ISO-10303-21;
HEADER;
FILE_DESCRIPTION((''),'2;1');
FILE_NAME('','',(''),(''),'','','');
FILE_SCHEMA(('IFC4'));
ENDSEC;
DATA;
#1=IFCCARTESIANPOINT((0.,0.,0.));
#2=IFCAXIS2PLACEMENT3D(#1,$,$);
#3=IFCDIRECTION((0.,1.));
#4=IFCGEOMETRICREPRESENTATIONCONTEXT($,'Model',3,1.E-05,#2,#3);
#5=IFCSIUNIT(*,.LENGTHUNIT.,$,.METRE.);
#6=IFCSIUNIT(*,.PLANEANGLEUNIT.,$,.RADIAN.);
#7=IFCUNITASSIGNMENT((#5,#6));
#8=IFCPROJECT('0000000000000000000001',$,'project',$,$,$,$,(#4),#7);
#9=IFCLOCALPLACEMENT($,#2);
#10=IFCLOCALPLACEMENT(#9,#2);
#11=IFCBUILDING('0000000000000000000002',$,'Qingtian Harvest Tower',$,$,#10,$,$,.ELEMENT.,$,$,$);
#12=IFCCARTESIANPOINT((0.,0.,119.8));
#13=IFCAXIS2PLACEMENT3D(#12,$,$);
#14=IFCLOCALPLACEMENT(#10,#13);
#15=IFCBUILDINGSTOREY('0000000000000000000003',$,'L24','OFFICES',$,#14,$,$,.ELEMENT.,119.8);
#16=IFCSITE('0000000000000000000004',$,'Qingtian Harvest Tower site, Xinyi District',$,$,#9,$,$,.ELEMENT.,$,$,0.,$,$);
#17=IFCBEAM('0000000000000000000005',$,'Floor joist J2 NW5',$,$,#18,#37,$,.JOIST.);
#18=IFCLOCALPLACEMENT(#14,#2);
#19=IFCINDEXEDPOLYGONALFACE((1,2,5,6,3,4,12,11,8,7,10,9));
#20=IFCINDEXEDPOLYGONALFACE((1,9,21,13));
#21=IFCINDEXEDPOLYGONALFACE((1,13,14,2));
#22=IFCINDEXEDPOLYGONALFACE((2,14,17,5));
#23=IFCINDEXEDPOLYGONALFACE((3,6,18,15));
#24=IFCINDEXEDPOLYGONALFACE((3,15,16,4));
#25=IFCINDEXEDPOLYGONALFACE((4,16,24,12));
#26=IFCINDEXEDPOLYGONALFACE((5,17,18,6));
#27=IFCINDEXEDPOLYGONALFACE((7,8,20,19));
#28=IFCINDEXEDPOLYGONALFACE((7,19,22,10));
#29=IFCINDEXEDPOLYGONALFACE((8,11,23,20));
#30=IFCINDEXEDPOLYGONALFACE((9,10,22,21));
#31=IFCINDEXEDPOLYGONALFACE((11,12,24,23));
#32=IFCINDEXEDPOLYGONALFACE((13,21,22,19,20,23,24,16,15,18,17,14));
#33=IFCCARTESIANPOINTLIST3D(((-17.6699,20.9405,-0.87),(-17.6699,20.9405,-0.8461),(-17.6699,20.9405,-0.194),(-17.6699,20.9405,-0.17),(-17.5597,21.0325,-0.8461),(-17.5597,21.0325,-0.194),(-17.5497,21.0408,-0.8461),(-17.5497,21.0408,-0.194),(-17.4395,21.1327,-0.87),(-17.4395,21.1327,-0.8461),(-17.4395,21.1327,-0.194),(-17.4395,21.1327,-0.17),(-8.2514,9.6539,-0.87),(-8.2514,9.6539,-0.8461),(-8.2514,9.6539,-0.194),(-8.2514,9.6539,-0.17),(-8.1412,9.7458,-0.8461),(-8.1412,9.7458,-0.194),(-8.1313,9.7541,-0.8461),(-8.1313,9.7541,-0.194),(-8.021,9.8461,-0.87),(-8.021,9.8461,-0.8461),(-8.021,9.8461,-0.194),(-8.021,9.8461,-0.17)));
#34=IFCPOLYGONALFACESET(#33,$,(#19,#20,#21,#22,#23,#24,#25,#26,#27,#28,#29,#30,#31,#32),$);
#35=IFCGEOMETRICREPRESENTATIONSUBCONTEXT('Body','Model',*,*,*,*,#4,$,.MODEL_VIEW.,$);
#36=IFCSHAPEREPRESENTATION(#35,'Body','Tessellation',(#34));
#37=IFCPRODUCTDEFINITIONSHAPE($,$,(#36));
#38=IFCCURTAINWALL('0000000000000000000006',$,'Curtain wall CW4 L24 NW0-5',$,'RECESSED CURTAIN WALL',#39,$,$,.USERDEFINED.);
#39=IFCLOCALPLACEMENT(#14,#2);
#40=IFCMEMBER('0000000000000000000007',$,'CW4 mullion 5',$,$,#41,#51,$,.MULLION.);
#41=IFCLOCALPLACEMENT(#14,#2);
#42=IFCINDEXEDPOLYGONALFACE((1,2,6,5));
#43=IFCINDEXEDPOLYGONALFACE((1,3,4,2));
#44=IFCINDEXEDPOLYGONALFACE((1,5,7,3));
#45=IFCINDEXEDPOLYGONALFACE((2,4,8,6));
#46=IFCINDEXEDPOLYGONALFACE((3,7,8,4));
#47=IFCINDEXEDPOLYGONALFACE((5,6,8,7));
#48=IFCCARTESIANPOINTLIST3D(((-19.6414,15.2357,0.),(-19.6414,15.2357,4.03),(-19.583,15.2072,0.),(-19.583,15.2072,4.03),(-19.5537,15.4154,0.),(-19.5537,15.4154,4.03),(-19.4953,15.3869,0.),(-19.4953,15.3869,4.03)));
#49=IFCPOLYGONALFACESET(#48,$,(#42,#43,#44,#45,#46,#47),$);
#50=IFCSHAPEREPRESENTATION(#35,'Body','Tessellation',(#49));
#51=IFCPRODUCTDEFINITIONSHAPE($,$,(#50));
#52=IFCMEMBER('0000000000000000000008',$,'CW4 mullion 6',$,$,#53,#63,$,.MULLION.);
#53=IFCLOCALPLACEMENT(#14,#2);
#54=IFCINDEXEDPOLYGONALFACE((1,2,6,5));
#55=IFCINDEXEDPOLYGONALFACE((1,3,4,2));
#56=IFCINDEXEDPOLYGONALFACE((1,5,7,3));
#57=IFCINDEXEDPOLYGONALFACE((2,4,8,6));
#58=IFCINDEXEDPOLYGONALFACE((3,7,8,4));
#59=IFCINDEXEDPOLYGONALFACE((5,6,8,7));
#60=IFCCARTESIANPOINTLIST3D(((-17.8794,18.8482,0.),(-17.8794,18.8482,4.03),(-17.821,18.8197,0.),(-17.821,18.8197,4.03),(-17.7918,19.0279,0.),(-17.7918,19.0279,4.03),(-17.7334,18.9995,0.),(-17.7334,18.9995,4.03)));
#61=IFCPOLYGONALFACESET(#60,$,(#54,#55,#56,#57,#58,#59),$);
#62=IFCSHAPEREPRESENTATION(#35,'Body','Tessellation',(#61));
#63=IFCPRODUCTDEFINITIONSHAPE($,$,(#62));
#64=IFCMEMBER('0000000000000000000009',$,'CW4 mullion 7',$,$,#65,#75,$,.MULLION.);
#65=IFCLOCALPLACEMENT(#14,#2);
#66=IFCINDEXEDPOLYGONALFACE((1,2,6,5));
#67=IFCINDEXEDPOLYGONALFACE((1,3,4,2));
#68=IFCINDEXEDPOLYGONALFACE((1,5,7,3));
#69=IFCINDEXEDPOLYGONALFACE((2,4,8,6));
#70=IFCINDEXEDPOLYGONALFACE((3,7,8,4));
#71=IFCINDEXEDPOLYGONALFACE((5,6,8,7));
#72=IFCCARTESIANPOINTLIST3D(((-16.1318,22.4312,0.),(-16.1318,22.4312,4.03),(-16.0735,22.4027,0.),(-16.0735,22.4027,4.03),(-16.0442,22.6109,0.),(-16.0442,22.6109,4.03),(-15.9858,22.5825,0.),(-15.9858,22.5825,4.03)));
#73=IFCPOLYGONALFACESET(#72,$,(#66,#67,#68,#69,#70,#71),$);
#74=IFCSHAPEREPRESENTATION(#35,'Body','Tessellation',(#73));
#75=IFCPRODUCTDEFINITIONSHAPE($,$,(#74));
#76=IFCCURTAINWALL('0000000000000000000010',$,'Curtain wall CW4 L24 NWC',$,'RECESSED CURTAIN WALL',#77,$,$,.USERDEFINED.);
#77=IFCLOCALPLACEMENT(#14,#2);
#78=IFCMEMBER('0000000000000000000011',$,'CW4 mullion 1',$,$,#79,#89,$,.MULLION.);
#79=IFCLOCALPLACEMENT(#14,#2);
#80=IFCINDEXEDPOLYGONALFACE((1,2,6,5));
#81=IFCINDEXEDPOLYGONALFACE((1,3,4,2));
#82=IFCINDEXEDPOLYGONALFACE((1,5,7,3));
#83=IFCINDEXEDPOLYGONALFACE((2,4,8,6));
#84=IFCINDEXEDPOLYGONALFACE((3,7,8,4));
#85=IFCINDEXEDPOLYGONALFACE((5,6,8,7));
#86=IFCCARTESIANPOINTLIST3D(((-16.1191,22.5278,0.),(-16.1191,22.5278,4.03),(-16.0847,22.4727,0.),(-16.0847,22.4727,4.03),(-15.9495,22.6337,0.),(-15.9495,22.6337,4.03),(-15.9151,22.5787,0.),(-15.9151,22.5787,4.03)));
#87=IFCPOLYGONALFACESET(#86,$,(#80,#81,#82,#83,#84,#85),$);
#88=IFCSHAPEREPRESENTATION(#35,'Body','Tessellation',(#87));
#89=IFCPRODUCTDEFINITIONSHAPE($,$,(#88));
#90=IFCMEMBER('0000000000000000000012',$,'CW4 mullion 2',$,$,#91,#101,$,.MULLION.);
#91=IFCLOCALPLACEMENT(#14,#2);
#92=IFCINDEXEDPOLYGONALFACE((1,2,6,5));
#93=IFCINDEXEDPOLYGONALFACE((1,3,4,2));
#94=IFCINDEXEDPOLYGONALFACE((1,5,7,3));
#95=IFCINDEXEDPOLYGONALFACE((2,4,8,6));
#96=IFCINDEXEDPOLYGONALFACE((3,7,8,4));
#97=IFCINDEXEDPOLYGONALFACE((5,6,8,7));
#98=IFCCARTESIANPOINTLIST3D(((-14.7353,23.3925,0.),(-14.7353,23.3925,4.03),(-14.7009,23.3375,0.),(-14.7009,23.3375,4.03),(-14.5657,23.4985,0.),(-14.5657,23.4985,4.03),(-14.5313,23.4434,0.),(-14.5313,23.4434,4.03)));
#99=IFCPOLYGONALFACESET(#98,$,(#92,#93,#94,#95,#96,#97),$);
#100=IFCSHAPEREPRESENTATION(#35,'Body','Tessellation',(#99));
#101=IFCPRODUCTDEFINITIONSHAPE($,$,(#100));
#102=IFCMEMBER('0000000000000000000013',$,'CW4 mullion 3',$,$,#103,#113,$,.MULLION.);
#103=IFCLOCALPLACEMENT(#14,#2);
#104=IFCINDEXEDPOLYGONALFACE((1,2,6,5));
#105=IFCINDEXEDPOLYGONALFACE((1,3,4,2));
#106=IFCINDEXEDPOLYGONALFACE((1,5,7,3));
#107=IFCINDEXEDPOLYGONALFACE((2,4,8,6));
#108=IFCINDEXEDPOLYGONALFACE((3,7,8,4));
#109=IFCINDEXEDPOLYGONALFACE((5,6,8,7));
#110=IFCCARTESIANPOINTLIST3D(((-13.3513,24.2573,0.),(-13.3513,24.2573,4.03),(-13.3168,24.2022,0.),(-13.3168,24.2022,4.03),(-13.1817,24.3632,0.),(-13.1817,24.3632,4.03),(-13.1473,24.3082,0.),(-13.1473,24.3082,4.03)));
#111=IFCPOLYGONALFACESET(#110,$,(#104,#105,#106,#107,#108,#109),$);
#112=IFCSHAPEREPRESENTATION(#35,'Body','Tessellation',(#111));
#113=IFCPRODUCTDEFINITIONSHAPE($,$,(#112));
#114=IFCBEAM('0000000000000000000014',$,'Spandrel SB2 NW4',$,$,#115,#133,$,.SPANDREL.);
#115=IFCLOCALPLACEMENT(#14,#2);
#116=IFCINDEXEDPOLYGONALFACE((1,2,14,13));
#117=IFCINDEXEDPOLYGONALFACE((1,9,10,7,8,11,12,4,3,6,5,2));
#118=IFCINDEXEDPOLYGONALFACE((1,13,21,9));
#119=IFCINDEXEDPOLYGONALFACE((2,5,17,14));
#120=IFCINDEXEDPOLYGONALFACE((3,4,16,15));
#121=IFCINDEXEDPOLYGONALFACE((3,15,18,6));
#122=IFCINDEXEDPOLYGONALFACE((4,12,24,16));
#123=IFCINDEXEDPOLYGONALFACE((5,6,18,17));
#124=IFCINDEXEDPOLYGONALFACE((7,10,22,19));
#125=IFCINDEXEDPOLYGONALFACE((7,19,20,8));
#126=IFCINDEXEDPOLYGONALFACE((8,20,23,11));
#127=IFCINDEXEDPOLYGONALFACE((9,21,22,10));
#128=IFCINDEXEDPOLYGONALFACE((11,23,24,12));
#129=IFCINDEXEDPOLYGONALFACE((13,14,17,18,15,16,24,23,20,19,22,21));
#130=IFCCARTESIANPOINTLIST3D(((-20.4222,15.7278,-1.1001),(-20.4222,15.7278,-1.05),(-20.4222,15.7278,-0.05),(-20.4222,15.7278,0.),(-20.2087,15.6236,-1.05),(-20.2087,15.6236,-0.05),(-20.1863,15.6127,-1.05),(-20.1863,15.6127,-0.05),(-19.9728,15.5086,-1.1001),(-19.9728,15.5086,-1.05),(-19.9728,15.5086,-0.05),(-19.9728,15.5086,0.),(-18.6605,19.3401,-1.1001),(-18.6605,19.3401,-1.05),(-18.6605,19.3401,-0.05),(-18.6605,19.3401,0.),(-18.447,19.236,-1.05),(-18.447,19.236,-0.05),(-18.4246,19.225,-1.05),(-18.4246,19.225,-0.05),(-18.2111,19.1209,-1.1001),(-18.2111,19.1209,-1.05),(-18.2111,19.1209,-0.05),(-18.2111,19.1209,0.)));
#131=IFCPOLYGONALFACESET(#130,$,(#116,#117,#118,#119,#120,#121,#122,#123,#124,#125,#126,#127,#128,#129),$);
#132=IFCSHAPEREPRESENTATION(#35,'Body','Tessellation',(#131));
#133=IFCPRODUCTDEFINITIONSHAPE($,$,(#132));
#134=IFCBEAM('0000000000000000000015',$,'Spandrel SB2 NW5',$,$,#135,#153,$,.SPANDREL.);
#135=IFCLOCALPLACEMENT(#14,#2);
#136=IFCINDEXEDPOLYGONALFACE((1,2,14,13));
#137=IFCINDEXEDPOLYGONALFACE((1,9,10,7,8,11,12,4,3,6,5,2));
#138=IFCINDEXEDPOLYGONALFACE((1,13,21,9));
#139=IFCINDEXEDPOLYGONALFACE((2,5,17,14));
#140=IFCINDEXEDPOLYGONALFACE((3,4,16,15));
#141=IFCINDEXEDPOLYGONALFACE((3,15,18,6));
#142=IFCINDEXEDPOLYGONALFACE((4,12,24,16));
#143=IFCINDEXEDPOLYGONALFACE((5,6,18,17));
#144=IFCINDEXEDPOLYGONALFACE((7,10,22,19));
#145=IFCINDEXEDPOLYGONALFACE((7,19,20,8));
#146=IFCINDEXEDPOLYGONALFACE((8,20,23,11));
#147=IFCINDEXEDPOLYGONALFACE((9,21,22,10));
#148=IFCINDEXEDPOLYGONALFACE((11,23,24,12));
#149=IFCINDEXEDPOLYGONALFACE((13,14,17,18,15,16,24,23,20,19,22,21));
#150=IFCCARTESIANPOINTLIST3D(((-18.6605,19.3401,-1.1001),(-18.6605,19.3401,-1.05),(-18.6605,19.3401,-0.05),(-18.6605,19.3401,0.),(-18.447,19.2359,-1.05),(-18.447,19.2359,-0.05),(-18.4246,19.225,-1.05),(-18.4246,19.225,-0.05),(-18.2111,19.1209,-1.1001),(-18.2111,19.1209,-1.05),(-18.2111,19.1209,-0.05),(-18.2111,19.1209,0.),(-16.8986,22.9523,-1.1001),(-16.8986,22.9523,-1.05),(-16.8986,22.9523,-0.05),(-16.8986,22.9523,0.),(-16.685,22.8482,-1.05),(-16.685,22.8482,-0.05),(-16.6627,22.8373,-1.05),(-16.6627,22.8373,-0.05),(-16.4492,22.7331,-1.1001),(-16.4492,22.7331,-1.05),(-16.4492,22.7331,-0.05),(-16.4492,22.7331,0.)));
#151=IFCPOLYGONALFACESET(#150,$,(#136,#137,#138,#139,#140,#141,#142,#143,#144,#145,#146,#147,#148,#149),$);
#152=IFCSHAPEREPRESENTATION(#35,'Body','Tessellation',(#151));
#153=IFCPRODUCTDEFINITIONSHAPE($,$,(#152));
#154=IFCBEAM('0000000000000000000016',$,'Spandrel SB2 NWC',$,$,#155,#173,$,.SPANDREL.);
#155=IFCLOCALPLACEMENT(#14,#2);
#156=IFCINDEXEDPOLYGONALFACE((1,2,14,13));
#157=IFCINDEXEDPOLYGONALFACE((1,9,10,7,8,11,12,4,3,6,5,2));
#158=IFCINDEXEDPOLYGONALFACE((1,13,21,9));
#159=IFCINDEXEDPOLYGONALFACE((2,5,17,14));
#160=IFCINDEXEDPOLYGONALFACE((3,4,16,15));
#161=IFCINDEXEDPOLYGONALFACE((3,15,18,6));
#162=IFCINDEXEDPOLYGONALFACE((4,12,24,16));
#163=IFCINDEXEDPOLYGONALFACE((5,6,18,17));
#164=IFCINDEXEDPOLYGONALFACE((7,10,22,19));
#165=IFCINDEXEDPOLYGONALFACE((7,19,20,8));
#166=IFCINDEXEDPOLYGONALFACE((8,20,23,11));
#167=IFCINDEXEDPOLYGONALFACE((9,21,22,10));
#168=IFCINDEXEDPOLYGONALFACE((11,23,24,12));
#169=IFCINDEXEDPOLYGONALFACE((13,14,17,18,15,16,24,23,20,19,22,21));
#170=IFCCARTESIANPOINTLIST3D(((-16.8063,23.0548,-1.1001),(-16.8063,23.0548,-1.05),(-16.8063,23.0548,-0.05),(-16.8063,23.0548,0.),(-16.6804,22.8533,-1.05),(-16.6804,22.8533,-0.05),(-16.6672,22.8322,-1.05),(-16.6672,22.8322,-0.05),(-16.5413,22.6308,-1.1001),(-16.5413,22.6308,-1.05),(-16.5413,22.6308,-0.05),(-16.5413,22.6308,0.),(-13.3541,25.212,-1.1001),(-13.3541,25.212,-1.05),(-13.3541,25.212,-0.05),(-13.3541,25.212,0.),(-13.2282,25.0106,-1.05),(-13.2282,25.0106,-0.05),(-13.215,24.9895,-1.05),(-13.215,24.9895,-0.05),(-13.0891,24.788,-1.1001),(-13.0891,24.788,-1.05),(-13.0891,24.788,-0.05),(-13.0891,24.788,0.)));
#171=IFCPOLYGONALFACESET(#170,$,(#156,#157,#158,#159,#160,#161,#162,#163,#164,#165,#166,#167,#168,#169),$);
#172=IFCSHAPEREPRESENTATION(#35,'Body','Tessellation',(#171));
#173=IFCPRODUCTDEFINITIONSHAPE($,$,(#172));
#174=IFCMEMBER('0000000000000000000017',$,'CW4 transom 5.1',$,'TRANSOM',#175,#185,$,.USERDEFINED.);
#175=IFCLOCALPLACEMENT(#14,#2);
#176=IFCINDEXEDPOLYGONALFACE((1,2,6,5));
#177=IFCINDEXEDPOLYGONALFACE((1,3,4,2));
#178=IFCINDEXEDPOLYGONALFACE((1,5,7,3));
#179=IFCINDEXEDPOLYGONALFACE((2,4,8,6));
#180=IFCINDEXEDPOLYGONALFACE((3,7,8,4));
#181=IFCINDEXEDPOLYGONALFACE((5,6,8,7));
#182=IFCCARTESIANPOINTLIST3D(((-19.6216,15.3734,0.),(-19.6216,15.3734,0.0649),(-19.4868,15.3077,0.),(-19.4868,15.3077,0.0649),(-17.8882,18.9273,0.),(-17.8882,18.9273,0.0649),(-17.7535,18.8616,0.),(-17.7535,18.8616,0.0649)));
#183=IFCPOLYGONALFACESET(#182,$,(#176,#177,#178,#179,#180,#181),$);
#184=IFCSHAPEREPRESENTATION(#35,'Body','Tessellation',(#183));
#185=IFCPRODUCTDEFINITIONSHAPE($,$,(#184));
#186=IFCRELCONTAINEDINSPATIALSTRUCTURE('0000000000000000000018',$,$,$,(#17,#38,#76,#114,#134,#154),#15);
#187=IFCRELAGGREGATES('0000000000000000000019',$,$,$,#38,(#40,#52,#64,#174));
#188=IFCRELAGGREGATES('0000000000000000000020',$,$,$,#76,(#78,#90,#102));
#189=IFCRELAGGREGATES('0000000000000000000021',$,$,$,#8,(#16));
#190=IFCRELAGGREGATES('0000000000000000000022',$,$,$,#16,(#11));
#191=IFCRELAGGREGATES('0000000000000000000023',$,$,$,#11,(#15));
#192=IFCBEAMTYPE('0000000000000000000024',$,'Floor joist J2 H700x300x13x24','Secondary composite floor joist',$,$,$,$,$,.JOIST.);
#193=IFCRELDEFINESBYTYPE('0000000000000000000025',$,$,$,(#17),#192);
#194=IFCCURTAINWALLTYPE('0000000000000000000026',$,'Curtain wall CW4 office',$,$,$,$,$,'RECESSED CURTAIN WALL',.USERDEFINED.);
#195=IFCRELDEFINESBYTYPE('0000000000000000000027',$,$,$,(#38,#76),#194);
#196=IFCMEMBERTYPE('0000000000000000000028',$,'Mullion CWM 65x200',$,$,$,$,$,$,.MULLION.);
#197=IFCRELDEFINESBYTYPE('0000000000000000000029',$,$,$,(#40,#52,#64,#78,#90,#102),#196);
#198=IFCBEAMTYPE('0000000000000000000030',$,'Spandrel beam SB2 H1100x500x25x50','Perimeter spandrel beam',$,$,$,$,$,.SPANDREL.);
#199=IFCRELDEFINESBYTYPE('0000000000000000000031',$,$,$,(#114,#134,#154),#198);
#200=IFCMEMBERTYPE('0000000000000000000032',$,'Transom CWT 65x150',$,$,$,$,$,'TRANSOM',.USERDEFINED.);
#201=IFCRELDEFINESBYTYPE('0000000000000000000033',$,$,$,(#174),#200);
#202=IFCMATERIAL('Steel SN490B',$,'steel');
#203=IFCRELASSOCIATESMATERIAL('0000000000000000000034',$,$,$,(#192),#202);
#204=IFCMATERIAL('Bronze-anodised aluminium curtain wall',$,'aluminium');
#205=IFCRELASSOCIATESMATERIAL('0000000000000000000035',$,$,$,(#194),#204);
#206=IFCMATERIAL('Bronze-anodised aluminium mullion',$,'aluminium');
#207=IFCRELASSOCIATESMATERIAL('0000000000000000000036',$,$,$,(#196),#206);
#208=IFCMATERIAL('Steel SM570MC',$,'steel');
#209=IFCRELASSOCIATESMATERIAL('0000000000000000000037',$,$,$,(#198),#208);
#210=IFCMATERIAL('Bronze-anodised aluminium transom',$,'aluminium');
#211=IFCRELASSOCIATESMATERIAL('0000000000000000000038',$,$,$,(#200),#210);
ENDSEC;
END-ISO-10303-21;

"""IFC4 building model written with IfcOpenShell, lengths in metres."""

from ifc_helpers import new_model, si_unit, direction, frame, origin, origin_2d, place, context, subcontext, project, spatial, rectangle, i_section, extrude, material, material_profile, profile_set, type_object, element, aggregate, save


model = new_model("IFC4")

# Units and contexts
model_context = context("Model", 3, precision=1e-05, world=origin(), true_north=direction((0.0, 1.0)))
body_context = subcontext(model_context, "Body", "Model", "MODEL_VIEW")
ifc_project = project(units=[si_unit("LENGTHUNIT", "METRE"), si_unit("PLANEANGLEUNIT", "RADIAN")], contexts=[model_context])

# Site, building, storey
site_placement = place(None, origin())
site = spatial("IfcSite", under=ifc_project, at=site_placement, Name="Qingtian Harvest Tower site, Xinyi District", CompositionType="ELEMENT", RefElevation=0.0)
building_placement = place(site_placement, origin())
building = spatial("IfcBuilding", under=site, at=building_placement, Name="Qingtian Harvest Tower", CompositionType="ELEMENT")
storey_placement = place(building_placement, frame((0.0, 0.0, 119.8)))
storey = spatial("IfcBuildingStorey", under=building, at=storey_placement, Name="L24", Description="OFFICES", CompositionType="ELEMENT", Elevation=119.8)

# Beam
ifc_material_1 = material(Name="Steel SN490B", Category="steel")
ifc_material_profile_1 = material_profile(ifc_material_1, i_section(OverallWidth=0.3, OverallDepth=0.7, WebThickness=0.0129, FlangeThickness=0.0239, at=origin_2d()), Name="H700x300x13x24")
ifc_profile_set_1 = profile_set([ifc_material_profile_1], Name="Steel SN490B")
beam_type_1 = type_object("IfcBeamType", Name="Floor joist J2 H700x300x13x24", Description="Secondary composite floor joist", PredefinedType="JOIST", material=ifc_profile_set_1)
beam_1_placement = place(storey_placement, frame((-17.5547, 21.0366, -0.52), z_axis=(0.640704, -0.767788, 0.0), x_axis=(0.767788, 0.640704, 0.0)))
element("IfcBeam", 1, at=beam_1_placement, inside=storey, type_object=beam_type_1, Name="Floor joist J2 NW5", PredefinedType="JOIST", context=body_context, shape_type="SweptSolid", body=[
    extrude(i_section(OverallWidth=0.3, OverallDepth=0.7, WebThickness=0.0129, FlangeThickness=0.0239, at=origin_2d()), origin(), (0.0, 0.0, 1.0), 14.7002),
])

# Curtain walls, members
ifc_material_2 = material(Name="Bronze-anodised aluminium curtain wall", Category="aluminium")
curtain_wall_type = type_object("IfcCurtainWallType", Name="Curtain wall CW4 office", ElementType="RECESSED CURTAIN WALL", PredefinedType="USERDEFINED", material=ifc_material_2)
curtain_wall_1_placement = place(storey_placement, origin())
curtain_wall_1 = element("IfcCurtainWall", 2, at=curtain_wall_1_placement, inside=storey, type_object=curtain_wall_type, Name="Curtain wall CW4 L24 NW0-5", ObjectType="RECESSED CURTAIN WALL", PredefinedType="USERDEFINED")
ifc_material_3 = material(Name="Bronze-anodised aluminium mullion", Category="aluminium")
ifc_material_profile_2 = material_profile(ifc_material_3, rectangle(XDim=0.0649, YDim=0.2, at=origin_2d()), Name="AL 65x200")
ifc_profile_set_2 = profile_set([ifc_material_profile_2], Name="Bronze-anodised aluminium mullion")
member_type_1 = type_object("IfcMemberType", Name="Mullion CWM 65x200", PredefinedType="MULLION", material=ifc_profile_set_2)
member_1_placement = place(storey_placement, frame((-19.5684, 15.3113, 0.0), z_axis=(0.0, 0.0, 1.0), x_axis=(-0.898794, 0.438371, 0.0)))
member_1 = element("IfcMember", 3, at=member_1_placement, type_object=member_type_1, Name="CW4 mullion 5", PredefinedType="MULLION", context=body_context, shape_type="SweptSolid", body=[
    extrude(rectangle(XDim=0.0649, YDim=0.2, at=origin_2d()), origin(), (0.0, 0.0, 1.0), 4.03),
])
member_2_placement = place(storey_placement, frame((-17.8064, 18.9238, 0.0), z_axis=(0.0, 0.0, 1.0), x_axis=(-0.898794, 0.438371, 0.0)))
member_2 = element("IfcMember", 4, at=member_2_placement, type_object=member_type_1, Name="CW4 mullion 6", PredefinedType="MULLION", context=body_context, shape_type="SweptSolid", body=[
    extrude(rectangle(XDim=0.0649, YDim=0.2, at=origin_2d()), origin(), (0.0, 0.0, 1.0), 4.03),
])
member_3_placement = place(storey_placement, frame((-16.0588, 22.5068, 0.0), z_axis=(0.0, 0.0, 1.0), x_axis=(-0.898794, 0.438371, 0.0)))
member_3 = element("IfcMember", 5, at=member_3_placement, type_object=member_type_1, Name="CW4 mullion 7", PredefinedType="MULLION", context=body_context, shape_type="SweptSolid", body=[
    extrude(rectangle(XDim=0.0649, YDim=0.2, at=origin_2d()), origin(), (0.0, 0.0, 1.0), 4.03),
])
curtain_wall_2_placement = place(storey_placement, origin())
curtain_wall_2 = element("IfcCurtainWall", 6, at=curtain_wall_2_placement, inside=storey, type_object=curtain_wall_type, Name="Curtain wall CW4 L24 NWC", ObjectType="RECESSED CURTAIN WALL", PredefinedType="USERDEFINED")
member_4_placement = place(storey_placement, frame((-16.0171, 22.5532, 0.0), z_axis=(0.0, 0.0, 1.0), x_axis=(-0.529919, 0.848048, 0.0)))
member_4 = element("IfcMember", 7, at=member_4_placement, type_object=member_type_1, Name="CW4 mullion 1", PredefinedType="MULLION", context=body_context, shape_type="SweptSolid", body=[
    extrude(rectangle(XDim=0.0649, YDim=0.2, at=origin_2d()), origin(), (0.0, 0.0, 1.0), 4.03),
])
member_5_placement = place(storey_placement, frame((-14.6333, 23.418, 0.0), z_axis=(0.0, 0.0, 1.0), x_axis=(-0.529919, 0.848048, 0.0)))
member_5 = element("IfcMember", 8, at=member_5_placement, type_object=member_type_1, Name="CW4 mullion 2", PredefinedType="MULLION", context=body_context, shape_type="SweptSolid", body=[
    extrude(rectangle(XDim=0.0649, YDim=0.2, at=origin_2d()), origin(), (0.0, 0.0, 1.0), 4.03),
])
member_6_placement = place(storey_placement, frame((-13.2493, 24.2827, 0.0), z_axis=(0.0, 0.0, 1.0), x_axis=(-0.529919, 0.848048, 0.0)))
member_6 = element("IfcMember", 9, at=member_6_placement, type_object=member_type_1, Name="CW4 mullion 3", PredefinedType="MULLION", context=body_context, shape_type="SweptSolid", body=[
    extrude(rectangle(XDim=0.0649, YDim=0.2, at=origin_2d()), origin(), (0.0, 0.0, 1.0), 4.03),
])

# Beams
ifc_material_4 = material(Name="Steel SM570MC", Category="steel")
ifc_material_profile_3 = material_profile(ifc_material_4, i_section(OverallWidth=0.5, OverallDepth=1.1001, WebThickness=0.0249, FlangeThickness=0.05, at=origin_2d()), Name="H1100x500x25x50")
ifc_profile_set_3 = profile_set([ifc_material_profile_3], Name="Steel SM570MC")
beam_type_2 = type_object("IfcBeamType", Name="Spandrel beam SB2 H1100x500x25x50", Description="Perimeter spandrel beam", PredefinedType="SPANDREL", material=ifc_profile_set_3)
for number, where, z_axis, x_axis, name in (
    (10, (-20.1975, 15.6182, -0.55), (0.438347, 0.898806, 0.0), (-0.898806, 0.438347, 0.0), "Spandrel SB2 NW4"),
    (11, (-18.4358, 19.2305, -0.55), (0.438396, 0.898782, 0.0), (-0.898782, 0.438396, 0.0), "Spandrel SB2 NW5"),
):
    element("IfcBeam", number, at=place(storey_placement, frame(where, z_axis=z_axis, x_axis=x_axis)), inside=storey, type_object=beam_type_2, Name=name, PredefinedType="SPANDREL", context=body_context, shape_type="SweptSolid", body=[
        extrude(i_section(OverallWidth=0.5, OverallDepth=1.1001, WebThickness=0.0249, FlangeThickness=0.05, at=origin_2d()), origin(), (0.0, 0.0, 1.0), 4.019),
    ])
beam_2_placement = place(storey_placement, frame((-16.6738, 22.8428, -0.55), z_axis=(0.848039, 0.529934, 0.0), x_axis=(-0.529934, 0.848039, 0.0)))
element("IfcBeam", 12, at=beam_2_placement, inside=storey, type_object=beam_type_2, Name="Spandrel SB2 NWC", PredefinedType="SPANDREL", context=body_context, shape_type="SweptSolid", body=[
    extrude(i_section(OverallWidth=0.5, OverallDepth=1.1001, WebThickness=0.0249, FlangeThickness=0.05, at=origin_2d()), origin(), (0.0, 0.0, 1.0), 4.0708),
])

# Member
ifc_material_5 = material(Name="Bronze-anodised aluminium transom", Category="aluminium")
ifc_material_profile_4 = material_profile(ifc_material_5, rectangle(XDim=0.1499, YDim=0.0649, at=origin_2d()), Name="AL 65x150")
ifc_profile_set_4 = profile_set([ifc_material_profile_4], Name="Bronze-anodised aluminium transom")
member_type_2 = type_object("IfcMemberType", Name="Transom CWT 65x150", ElementType="TRANSOM", PredefinedType="USERDEFINED", material=ifc_profile_set_4)
member_7_placement = place(storey_placement, frame((-19.5542, 15.3406, 0.0325), z_axis=(0.438375, 0.898792, 0.0), x_axis=(-0.898792, 0.438375, 0.0)))
member_7 = element("IfcMember", 13, at=member_7_placement, type_object=member_type_2, Name="CW4 transom 5.1", ObjectType="TRANSOM", PredefinedType="USERDEFINED", context=body_context, shape_type="SweptSolid", body=[
    extrude(rectangle(XDim=0.1499, YDim=0.0649, at=origin_2d()), origin(), (0.0, 0.0, 1.0), 3.9541),
])

aggregate(curtain_wall_1, [member_1, member_2, member_3, member_7])
aggregate(curtain_wall_2, [member_4, member_5, member_6])

save(model, "model.ifc")
